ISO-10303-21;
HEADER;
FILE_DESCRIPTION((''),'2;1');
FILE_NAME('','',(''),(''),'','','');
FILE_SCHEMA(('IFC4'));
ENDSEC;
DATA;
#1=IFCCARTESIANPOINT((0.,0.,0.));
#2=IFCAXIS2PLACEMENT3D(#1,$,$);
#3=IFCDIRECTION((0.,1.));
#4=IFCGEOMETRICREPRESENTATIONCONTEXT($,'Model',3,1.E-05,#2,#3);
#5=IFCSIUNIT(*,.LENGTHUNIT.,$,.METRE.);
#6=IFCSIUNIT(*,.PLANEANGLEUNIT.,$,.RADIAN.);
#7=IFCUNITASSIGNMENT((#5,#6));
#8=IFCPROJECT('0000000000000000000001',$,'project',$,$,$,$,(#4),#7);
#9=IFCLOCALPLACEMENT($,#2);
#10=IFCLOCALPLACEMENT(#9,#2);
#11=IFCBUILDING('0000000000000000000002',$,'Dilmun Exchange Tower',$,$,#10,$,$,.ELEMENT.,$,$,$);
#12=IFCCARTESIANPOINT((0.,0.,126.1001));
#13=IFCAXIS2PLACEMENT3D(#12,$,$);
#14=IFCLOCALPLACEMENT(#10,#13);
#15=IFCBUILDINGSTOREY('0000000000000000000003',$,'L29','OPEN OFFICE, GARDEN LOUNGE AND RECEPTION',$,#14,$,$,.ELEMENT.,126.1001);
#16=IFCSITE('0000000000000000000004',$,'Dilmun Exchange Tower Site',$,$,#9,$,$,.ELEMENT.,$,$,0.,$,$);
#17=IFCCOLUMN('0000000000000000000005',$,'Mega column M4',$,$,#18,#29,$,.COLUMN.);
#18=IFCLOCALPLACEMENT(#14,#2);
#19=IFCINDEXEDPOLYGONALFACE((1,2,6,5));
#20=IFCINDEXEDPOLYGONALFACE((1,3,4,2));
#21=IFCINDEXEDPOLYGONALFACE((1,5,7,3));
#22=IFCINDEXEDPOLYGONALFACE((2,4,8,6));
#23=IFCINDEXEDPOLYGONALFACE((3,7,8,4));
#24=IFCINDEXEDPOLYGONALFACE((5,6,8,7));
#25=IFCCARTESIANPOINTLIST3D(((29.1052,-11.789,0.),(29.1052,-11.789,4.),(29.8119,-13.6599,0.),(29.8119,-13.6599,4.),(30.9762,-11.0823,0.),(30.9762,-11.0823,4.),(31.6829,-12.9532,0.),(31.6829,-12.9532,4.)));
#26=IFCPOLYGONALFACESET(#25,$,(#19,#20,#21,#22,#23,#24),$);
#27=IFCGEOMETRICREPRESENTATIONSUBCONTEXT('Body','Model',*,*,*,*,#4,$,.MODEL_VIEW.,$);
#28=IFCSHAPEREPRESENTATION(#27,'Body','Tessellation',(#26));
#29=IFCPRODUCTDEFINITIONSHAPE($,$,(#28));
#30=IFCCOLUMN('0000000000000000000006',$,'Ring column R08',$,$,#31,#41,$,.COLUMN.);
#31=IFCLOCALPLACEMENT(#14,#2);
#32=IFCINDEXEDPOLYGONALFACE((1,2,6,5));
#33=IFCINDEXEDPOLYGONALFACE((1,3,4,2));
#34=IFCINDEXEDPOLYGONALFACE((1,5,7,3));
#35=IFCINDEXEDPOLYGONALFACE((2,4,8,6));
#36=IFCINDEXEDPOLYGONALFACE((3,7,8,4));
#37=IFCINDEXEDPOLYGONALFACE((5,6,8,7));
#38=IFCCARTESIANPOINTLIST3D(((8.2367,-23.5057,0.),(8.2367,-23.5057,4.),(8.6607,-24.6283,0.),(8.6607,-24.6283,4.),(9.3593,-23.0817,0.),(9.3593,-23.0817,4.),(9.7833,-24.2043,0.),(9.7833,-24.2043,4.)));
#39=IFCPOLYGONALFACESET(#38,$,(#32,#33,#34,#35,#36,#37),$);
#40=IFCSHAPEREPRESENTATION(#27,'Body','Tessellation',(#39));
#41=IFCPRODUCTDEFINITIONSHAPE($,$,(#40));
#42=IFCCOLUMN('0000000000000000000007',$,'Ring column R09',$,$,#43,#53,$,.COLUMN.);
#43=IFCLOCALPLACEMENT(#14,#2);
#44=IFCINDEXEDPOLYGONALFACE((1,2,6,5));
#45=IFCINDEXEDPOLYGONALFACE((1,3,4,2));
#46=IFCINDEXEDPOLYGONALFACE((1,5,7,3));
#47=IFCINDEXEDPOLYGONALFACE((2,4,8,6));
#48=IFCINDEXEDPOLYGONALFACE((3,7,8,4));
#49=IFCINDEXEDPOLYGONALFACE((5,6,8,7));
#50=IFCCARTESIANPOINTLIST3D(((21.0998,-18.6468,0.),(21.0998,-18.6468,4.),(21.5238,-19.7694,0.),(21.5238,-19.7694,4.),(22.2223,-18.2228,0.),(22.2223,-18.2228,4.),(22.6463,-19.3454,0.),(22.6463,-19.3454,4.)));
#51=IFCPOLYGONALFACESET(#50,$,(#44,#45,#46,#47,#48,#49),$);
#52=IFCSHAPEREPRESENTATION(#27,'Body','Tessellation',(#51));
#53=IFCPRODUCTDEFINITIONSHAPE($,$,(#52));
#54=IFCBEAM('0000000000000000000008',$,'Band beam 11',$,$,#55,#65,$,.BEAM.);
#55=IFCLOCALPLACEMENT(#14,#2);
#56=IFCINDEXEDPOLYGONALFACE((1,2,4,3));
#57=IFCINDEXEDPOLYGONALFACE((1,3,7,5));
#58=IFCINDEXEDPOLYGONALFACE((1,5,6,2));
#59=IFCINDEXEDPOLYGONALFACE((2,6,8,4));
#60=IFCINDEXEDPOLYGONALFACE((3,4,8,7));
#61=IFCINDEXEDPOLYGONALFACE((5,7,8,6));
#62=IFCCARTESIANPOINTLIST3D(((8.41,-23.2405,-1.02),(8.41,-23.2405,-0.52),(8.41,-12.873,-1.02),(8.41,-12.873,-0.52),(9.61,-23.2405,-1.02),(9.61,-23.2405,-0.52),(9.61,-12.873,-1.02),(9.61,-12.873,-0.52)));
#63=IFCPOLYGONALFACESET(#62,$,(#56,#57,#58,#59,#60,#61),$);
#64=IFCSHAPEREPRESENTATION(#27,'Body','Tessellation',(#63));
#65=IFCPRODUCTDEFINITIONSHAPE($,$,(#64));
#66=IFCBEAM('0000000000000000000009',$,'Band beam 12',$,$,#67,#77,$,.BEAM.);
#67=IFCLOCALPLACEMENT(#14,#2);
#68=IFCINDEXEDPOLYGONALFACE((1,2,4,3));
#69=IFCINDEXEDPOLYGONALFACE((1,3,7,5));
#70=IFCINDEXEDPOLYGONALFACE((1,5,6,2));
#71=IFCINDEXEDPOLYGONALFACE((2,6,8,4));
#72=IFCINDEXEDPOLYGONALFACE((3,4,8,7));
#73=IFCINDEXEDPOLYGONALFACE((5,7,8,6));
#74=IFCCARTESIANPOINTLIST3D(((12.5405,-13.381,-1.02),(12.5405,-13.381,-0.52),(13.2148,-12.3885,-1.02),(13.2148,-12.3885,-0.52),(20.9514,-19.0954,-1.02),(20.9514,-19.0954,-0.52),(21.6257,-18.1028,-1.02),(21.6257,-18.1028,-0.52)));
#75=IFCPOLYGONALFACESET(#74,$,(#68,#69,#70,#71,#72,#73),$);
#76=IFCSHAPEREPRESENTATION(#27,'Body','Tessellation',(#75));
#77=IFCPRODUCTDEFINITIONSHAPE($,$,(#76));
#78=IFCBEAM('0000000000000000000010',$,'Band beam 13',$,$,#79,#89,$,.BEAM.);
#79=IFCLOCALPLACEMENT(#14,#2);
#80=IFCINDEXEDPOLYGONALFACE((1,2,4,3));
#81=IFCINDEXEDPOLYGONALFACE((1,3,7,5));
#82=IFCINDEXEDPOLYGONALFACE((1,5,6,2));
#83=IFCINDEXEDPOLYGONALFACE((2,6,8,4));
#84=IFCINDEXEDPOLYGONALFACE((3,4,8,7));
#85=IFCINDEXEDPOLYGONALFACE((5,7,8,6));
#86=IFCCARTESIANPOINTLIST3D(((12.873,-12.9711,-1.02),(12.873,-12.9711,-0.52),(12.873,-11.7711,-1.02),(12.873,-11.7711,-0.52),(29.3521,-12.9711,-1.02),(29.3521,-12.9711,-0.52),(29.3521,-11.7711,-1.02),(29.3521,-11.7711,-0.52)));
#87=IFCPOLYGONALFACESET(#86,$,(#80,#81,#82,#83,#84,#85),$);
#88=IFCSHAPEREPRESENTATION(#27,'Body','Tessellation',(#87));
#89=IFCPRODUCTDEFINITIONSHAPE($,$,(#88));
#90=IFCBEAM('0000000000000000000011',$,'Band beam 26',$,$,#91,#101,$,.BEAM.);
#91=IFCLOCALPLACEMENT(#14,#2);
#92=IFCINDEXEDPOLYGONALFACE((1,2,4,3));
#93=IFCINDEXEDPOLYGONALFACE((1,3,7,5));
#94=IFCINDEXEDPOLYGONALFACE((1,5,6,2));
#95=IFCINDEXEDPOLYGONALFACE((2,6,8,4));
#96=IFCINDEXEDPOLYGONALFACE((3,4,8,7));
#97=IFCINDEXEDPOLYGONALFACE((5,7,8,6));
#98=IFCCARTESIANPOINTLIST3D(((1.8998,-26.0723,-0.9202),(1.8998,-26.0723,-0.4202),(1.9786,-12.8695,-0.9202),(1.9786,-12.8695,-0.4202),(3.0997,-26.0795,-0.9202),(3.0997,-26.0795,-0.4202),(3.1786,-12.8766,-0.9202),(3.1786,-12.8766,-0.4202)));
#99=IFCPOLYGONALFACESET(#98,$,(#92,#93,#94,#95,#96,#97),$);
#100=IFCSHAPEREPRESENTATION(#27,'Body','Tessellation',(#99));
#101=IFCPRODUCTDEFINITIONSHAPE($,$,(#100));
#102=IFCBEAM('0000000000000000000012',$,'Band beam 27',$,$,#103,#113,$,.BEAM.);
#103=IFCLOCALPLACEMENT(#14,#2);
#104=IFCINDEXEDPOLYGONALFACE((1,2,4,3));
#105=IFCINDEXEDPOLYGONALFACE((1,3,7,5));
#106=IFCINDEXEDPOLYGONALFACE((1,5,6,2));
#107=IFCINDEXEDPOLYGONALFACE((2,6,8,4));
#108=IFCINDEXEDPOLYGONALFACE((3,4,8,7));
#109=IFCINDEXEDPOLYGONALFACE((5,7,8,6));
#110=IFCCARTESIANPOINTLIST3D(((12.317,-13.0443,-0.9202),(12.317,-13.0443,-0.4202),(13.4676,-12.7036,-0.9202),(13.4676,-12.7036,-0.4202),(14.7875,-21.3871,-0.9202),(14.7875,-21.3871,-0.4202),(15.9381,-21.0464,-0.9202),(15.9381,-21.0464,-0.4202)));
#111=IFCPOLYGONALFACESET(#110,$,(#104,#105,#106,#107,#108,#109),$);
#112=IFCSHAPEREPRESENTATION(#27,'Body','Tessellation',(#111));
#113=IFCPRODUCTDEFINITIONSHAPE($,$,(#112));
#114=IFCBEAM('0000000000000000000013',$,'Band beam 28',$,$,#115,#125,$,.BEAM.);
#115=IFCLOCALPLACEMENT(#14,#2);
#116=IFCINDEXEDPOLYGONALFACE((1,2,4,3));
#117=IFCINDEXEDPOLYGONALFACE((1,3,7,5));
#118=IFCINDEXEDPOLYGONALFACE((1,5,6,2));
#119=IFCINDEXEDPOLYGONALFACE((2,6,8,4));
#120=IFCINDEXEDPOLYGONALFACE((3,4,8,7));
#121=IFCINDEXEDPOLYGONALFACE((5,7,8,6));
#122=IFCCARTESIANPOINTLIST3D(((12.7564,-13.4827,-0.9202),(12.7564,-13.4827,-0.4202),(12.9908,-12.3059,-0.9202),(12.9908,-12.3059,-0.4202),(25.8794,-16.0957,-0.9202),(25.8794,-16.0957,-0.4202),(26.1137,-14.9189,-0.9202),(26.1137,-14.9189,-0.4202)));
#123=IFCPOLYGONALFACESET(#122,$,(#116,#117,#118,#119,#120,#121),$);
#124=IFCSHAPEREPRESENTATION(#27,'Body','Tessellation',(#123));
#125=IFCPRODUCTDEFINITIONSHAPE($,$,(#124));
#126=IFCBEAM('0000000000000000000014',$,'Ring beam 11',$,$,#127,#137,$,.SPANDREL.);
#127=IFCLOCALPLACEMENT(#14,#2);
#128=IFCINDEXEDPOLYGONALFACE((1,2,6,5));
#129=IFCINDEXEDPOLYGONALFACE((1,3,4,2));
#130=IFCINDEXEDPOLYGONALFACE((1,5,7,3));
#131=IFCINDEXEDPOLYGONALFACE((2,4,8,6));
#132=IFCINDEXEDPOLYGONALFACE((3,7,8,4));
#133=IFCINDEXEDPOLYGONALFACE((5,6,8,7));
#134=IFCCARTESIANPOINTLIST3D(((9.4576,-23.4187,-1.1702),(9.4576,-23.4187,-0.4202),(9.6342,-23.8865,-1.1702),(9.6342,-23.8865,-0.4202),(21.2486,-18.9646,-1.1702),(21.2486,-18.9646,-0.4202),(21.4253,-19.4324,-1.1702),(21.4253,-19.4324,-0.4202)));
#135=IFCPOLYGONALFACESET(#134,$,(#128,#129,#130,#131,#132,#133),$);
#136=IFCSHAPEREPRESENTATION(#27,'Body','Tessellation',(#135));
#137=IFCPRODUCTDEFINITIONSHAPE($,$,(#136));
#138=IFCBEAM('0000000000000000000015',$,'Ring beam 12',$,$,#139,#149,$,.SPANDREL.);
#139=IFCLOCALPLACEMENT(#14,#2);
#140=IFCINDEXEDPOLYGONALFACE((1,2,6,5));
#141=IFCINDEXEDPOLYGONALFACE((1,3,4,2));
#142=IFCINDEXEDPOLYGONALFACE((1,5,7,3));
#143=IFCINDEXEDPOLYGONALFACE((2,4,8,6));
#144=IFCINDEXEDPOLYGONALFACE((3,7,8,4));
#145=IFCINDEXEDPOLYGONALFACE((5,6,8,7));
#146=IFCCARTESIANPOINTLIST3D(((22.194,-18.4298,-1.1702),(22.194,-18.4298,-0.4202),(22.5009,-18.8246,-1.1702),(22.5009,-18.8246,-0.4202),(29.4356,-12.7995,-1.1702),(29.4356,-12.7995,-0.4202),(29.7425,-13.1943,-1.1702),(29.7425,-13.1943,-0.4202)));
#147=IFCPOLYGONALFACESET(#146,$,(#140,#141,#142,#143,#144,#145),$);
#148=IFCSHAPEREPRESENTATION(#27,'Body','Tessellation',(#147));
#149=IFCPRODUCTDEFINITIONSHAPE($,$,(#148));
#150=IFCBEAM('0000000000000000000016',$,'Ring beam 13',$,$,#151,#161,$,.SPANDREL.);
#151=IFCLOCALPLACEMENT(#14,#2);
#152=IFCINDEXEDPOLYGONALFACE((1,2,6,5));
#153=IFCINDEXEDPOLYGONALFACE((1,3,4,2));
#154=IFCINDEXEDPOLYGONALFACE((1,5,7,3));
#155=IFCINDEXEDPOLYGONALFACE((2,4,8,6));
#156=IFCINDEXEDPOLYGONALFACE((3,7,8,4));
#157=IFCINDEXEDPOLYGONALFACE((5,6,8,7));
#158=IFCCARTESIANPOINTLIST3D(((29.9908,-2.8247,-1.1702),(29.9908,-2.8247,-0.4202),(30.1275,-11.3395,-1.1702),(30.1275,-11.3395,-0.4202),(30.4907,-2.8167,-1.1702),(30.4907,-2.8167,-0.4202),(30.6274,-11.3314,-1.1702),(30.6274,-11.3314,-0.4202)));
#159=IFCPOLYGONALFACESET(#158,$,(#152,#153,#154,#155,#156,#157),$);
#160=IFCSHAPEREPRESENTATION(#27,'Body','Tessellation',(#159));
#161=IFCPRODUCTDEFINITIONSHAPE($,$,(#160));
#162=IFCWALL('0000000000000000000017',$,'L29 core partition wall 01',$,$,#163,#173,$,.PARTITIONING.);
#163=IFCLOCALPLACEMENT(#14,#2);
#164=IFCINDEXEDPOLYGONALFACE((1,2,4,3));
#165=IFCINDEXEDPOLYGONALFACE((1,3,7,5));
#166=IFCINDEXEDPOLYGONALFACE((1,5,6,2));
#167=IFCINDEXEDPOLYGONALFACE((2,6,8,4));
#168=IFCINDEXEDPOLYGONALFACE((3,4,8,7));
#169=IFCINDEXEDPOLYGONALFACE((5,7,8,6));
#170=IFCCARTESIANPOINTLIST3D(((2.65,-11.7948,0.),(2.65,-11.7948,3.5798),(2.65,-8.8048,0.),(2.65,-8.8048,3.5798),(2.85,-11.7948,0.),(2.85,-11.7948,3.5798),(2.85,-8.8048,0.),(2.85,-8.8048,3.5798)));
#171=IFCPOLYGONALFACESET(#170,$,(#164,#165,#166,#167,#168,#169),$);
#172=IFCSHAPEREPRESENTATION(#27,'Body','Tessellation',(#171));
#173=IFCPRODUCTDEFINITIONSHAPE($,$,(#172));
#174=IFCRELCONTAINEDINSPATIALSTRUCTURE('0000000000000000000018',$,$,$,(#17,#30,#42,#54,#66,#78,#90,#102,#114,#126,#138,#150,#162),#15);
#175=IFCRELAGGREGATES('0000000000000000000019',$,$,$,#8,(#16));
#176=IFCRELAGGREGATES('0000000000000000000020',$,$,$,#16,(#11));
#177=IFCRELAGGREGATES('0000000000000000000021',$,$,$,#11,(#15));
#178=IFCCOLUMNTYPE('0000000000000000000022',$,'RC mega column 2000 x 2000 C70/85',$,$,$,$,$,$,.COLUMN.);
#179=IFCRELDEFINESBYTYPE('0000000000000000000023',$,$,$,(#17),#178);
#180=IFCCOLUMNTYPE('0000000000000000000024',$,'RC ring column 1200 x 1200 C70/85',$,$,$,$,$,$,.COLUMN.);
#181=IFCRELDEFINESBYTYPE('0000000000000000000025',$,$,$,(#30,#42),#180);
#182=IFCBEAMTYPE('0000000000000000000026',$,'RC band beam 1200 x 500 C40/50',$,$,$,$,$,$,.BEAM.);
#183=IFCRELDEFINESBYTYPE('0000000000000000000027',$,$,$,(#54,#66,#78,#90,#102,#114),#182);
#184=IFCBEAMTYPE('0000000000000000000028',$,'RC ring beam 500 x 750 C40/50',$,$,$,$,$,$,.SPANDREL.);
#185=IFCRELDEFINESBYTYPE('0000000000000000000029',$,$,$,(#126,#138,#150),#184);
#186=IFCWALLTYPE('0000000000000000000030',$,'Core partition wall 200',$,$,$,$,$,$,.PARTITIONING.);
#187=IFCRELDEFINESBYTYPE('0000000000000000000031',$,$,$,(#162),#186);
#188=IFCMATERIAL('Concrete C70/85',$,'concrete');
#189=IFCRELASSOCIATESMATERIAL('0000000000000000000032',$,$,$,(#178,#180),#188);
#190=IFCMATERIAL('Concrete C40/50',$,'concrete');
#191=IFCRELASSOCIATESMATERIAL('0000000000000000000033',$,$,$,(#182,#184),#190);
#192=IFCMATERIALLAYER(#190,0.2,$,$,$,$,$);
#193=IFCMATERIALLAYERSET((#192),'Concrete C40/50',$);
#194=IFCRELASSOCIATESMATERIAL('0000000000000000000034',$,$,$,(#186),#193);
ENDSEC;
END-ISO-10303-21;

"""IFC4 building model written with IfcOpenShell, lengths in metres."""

from ifc_helpers import new_model, si_unit, direction, frame, frame_2d, origin, origin_2d, place, context, subcontext, project, spatial, rectangle, extrude, material, layer, layer_set, material_profile, profile_set, type_object, element, save


model = new_model("IFC4")

# Units and contexts
model_context = context("Model", 3, precision=1e-05, world=origin(), true_north=direction((0.0, 1.0)))
body_context = subcontext(model_context, "Body", "Model", "MODEL_VIEW")
ifc_project = project(units=[si_unit("LENGTHUNIT", "METRE"), si_unit("PLANEANGLEUNIT", "RADIAN")], contexts=[model_context])

# Site, building, storey
site_placement = place(None, origin())
site = spatial("IfcSite", under=ifc_project, at=site_placement, Name="Dilmun Exchange Tower Site", CompositionType="ELEMENT", RefElevation=0.0)
building_placement = place(site_placement, origin())
building = spatial("IfcBuilding", under=site, at=building_placement, Name="Dilmun Exchange Tower", CompositionType="ELEMENT")
storey_placement = place(building_placement, frame((0.0, 0.0, 126.1001)))
storey = spatial("IfcBuildingStorey", under=building, at=storey_placement, Name="L29", Description="OPEN OFFICE, GARDEN LOUNGE AND RECEPTION", CompositionType="ELEMENT", Elevation=126.1001)

# Columns
ifc_material_1 = material(Name="Concrete C70/85", Category="concrete")
ifc_material_profile_1 = material_profile(ifc_material_1, rectangle(XDim=2.0, YDim=2.0, at=origin_2d()), Name="2000 x 2000")
ifc_profile_set_1 = profile_set([ifc_material_profile_1], Name="Concrete C70/85")
column_type_1 = type_object("IfcColumnType", Name="RC mega column 2000 x 2000 C70/85", PredefinedType="COLUMN", material=ifc_profile_set_1)
column_placement = place(storey_placement, frame((30.394, -12.3711, 0.0), z_axis=(0.0, 0.0, 1.0), x_axis=(0.935492, 0.353349, 0.0)))
element("IfcColumn", 1, at=column_placement, inside=storey, type_object=column_type_1, Name="Mega column M4", PredefinedType="COLUMN", context=body_context, shape_type="SweptSolid", body=[
    extrude(rectangle(XDim=2.0, YDim=2.0, at=origin_2d()), origin(), (0.0, 0.0, 1.0), 4.0),
])
ifc_material_profile_2 = material_profile(ifc_material_1, rectangle(XDim=1.2, YDim=1.2, at=origin_2d()), Name="1200 x 1200")
ifc_profile_set_2 = profile_set([ifc_material_profile_2], Name="Concrete C70/85")
column_type_2 = type_object("IfcColumnType", Name="RC ring column 1200 x 1200 C70/85", PredefinedType="COLUMN", material=ifc_profile_set_2)
for number, where, z_axis, x_axis, name in (
    (2, (9.01, -23.855, 0.0), (0.0, 0.0, 1.0), (0.935492, 0.353349, 0.0), "Ring column R08"),
    (3, (21.873, -18.9961, 0.0), (0.0, 0.0, 1.0), (0.935492, 0.353349, 0.0), "Ring column R09"),
):
    element("IfcColumn", number, at=place(storey_placement, frame(where, z_axis=z_axis, x_axis=x_axis)), inside=storey, type_object=column_type_2, Name=name, PredefinedType="COLUMN", context=body_context, shape_type="SweptSolid", body=[
        extrude(rectangle(XDim=1.2, YDim=1.2, at=origin_2d()), origin(), (0.0, 0.0, 1.0), 4.0),
    ])

# Beams
ifc_material_2 = material(Name="Concrete C40/50", Category="concrete")
ifc_material_profile_3 = material_profile(ifc_material_2, rectangle(XDim=1.2, YDim=0.5, at=origin_2d()), Name="1200 x 500")
ifc_profile_set_3 = profile_set([ifc_material_profile_3], Name="Concrete C40/50")
beam_type_1 = type_object("IfcBeamType", Name="RC band beam 1200 x 500 C40/50", PredefinedType="BEAM", material=ifc_profile_set_3)
beam_1_placement = place(storey_placement, frame((9.01, -23.2405, -0.77), z_axis=(0.0, 1.0, 0.0), x_axis=(-1.0, 0.0, 0.0)))
element("IfcBeam", 4, at=beam_1_placement, inside=storey, type_object=beam_type_1, Name="Band beam 11", PredefinedType="BEAM", context=body_context, shape_type="SweptSolid", body=[
    extrude(rectangle(XDim=1.2, YDim=0.5, at=origin_2d()), origin(), (0.0, 0.0, 1.0), 10.3674),
])
beam_2_placement = place(storey_placement, frame((21.2886, -18.5991, -0.77), z_axis=(-0.827157, 0.56197, 0.0), x_axis=(-0.56197, -0.827157, 0.0)))
element("IfcBeam", 5, at=beam_2_placement, inside=storey, type_object=beam_type_1, Name="Band beam 12", PredefinedType="BEAM", context=body_context, shape_type="SweptSolid", body=[
    extrude(rectangle(XDim=1.2, YDim=0.5, at=origin_2d()), origin(), (0.0, 0.0, 1.0), 10.1685),
])
beam_3_placement = place(storey_placement, frame((29.3521, -12.3711, -0.77), z_axis=(-1.0, 0.0, 0.0), x_axis=(0.0, -1.0, 0.0)))
element("IfcBeam", 6, at=beam_3_placement, inside=storey, type_object=beam_type_1, Name="Band beam 13", PredefinedType="BEAM", context=body_context, shape_type="SweptSolid", body=[
    extrude(rectangle(XDim=1.2, YDim=0.5, at=origin_2d()), origin(), (0.0, 0.0, 1.0), 16.479),
])
beam_4_placement = place(storey_placement, frame((2.4998, -26.0759, -0.6702), z_axis=(0.005973, 0.999982, 0.0), x_axis=(-0.999982, 0.005973, 0.0)))
element("IfcBeam", 7, at=beam_4_placement, inside=storey, type_object=beam_type_1, Name="Band beam 26", PredefinedType="BEAM", context=body_context, shape_type="SweptSolid", body=[
    extrude(rectangle(XDim=1.2, YDim=0.5, at=origin_2d()), origin(), (0.0, 0.0, 1.0), 13.2031),
])
beam_5_placement = place(storey_placement, frame((15.3628, -21.2168, -0.6702), z_axis=(-0.283933, 0.958844, 0.0), x_axis=(-0.958844, -0.283933, 0.0)))
element("IfcBeam", 8, at=beam_5_placement, inside=storey, type_object=beam_type_1, Name="Band beam 27", PredefinedType="BEAM", context=body_context, shape_type="SweptSolid", body=[
    extrude(rectangle(XDim=1.2, YDim=0.5, at=origin_2d()), origin(), (0.0, 0.0, 1.0), 8.7009),
])
beam_6_placement = place(storey_placement, frame((25.9966, -15.5073, -0.6702), z_axis=(-0.980747, 0.195284, 0.0), x_axis=(-0.195284, -0.980747, 0.0)))
element("IfcBeam", 9, at=beam_6_placement, inside=storey, type_object=beam_type_1, Name="Band beam 28", PredefinedType="BEAM", context=body_context, shape_type="SweptSolid", body=[
    extrude(rectangle(XDim=1.2, YDim=0.5, at=origin_2d()), origin(), (0.0, 0.0, 1.0), 13.3806),
])
ifc_material_profile_4 = material_profile(ifc_material_2, rectangle(XDim=0.5, YDim=0.75, at=origin_2d()), Name="500 x 750")
ifc_profile_set_4 = profile_set([ifc_material_profile_4], Name="Concrete C40/50")
beam_type_2 = type_object("IfcBeamType", Name="RC ring beam 500 x 750 C40/50", PredefinedType="SPANDREL", material=ifc_profile_set_4)
beam_7_placement = place(storey_placement, frame((9.5459, -23.6526, -0.7952), z_axis=(0.935479, 0.353381, 0.0), x_axis=(-0.353381, 0.935479, 0.0)))
element("IfcBeam", 10, at=beam_7_placement, inside=storey, type_object=beam_type_2, Name="Ring beam 11", PredefinedType="SPANDREL", context=body_context, shape_type="SweptSolid", body=[
    extrude(rectangle(XDim=0.5, YDim=0.75, at=origin_2d()), origin(), (0.0, 0.0, 1.0), 12.6042),
])
beam_8_placement = place(storey_placement, frame((22.3474, -18.6272, -0.7952), z_axis=(0.789461, 0.613801, 0.0), x_axis=(-0.613801, 0.789461, 0.0)))
element("IfcBeam", 11, at=beam_8_placement, inside=storey, type_object=beam_type_2, Name="Ring beam 12", PredefinedType="SPANDREL", context=body_context, shape_type="SweptSolid", body=[
    extrude(rectangle(XDim=0.5, YDim=0.75, at=origin_2d()), origin(), (0.0, 0.0, 1.0), 9.1729),
])
beam_9_placement = place(storey_placement, frame((30.3774, -11.3354, -0.7952), z_axis=(-0.016054, 0.999871, 0.0), x_axis=(-0.999871, -0.016054, 0.0)))
element("IfcBeam", 12, at=beam_9_placement, inside=storey, type_object=beam_type_2, Name="Ring beam 13", PredefinedType="SPANDREL", context=body_context, shape_type="SweptSolid", body=[
    extrude(rectangle(XDim=0.5, YDim=0.75, at=origin_2d()), origin(), (0.0, 0.0, 1.0), 8.5159),
])

# Wall
ifc_layer_1 = layer(ifc_material_2, 0.2)
ifc_layer_set_1 = layer_set([ifc_layer_1], Name="Concrete C40/50")
wall_type_1 = type_object("IfcWallType", Name="Core partition wall 200", PredefinedType="PARTITIONING", material=ifc_layer_set_1)
wall_1_placement = place(storey_placement, frame((2.75, -11.7949, 0.0), z_axis=(0.0, 0.0, 1.0), x_axis=(0.0, 1.0, 0.0)))
element("IfcWall", 13, at=wall_1_placement, inside=storey, type_object=wall_type_1, Name="L29 core partition wall 01", PredefinedType="PARTITIONING", context=body_context, shape_type="SweptSolid", body=[
    extrude(rectangle(XDim=2.99, YDim=0.2, at=frame_2d((1.4951, 0.0))), origin(), (0.0, 0.0, 1.0), 3.5798),
])

save(model, "model.ifc")
